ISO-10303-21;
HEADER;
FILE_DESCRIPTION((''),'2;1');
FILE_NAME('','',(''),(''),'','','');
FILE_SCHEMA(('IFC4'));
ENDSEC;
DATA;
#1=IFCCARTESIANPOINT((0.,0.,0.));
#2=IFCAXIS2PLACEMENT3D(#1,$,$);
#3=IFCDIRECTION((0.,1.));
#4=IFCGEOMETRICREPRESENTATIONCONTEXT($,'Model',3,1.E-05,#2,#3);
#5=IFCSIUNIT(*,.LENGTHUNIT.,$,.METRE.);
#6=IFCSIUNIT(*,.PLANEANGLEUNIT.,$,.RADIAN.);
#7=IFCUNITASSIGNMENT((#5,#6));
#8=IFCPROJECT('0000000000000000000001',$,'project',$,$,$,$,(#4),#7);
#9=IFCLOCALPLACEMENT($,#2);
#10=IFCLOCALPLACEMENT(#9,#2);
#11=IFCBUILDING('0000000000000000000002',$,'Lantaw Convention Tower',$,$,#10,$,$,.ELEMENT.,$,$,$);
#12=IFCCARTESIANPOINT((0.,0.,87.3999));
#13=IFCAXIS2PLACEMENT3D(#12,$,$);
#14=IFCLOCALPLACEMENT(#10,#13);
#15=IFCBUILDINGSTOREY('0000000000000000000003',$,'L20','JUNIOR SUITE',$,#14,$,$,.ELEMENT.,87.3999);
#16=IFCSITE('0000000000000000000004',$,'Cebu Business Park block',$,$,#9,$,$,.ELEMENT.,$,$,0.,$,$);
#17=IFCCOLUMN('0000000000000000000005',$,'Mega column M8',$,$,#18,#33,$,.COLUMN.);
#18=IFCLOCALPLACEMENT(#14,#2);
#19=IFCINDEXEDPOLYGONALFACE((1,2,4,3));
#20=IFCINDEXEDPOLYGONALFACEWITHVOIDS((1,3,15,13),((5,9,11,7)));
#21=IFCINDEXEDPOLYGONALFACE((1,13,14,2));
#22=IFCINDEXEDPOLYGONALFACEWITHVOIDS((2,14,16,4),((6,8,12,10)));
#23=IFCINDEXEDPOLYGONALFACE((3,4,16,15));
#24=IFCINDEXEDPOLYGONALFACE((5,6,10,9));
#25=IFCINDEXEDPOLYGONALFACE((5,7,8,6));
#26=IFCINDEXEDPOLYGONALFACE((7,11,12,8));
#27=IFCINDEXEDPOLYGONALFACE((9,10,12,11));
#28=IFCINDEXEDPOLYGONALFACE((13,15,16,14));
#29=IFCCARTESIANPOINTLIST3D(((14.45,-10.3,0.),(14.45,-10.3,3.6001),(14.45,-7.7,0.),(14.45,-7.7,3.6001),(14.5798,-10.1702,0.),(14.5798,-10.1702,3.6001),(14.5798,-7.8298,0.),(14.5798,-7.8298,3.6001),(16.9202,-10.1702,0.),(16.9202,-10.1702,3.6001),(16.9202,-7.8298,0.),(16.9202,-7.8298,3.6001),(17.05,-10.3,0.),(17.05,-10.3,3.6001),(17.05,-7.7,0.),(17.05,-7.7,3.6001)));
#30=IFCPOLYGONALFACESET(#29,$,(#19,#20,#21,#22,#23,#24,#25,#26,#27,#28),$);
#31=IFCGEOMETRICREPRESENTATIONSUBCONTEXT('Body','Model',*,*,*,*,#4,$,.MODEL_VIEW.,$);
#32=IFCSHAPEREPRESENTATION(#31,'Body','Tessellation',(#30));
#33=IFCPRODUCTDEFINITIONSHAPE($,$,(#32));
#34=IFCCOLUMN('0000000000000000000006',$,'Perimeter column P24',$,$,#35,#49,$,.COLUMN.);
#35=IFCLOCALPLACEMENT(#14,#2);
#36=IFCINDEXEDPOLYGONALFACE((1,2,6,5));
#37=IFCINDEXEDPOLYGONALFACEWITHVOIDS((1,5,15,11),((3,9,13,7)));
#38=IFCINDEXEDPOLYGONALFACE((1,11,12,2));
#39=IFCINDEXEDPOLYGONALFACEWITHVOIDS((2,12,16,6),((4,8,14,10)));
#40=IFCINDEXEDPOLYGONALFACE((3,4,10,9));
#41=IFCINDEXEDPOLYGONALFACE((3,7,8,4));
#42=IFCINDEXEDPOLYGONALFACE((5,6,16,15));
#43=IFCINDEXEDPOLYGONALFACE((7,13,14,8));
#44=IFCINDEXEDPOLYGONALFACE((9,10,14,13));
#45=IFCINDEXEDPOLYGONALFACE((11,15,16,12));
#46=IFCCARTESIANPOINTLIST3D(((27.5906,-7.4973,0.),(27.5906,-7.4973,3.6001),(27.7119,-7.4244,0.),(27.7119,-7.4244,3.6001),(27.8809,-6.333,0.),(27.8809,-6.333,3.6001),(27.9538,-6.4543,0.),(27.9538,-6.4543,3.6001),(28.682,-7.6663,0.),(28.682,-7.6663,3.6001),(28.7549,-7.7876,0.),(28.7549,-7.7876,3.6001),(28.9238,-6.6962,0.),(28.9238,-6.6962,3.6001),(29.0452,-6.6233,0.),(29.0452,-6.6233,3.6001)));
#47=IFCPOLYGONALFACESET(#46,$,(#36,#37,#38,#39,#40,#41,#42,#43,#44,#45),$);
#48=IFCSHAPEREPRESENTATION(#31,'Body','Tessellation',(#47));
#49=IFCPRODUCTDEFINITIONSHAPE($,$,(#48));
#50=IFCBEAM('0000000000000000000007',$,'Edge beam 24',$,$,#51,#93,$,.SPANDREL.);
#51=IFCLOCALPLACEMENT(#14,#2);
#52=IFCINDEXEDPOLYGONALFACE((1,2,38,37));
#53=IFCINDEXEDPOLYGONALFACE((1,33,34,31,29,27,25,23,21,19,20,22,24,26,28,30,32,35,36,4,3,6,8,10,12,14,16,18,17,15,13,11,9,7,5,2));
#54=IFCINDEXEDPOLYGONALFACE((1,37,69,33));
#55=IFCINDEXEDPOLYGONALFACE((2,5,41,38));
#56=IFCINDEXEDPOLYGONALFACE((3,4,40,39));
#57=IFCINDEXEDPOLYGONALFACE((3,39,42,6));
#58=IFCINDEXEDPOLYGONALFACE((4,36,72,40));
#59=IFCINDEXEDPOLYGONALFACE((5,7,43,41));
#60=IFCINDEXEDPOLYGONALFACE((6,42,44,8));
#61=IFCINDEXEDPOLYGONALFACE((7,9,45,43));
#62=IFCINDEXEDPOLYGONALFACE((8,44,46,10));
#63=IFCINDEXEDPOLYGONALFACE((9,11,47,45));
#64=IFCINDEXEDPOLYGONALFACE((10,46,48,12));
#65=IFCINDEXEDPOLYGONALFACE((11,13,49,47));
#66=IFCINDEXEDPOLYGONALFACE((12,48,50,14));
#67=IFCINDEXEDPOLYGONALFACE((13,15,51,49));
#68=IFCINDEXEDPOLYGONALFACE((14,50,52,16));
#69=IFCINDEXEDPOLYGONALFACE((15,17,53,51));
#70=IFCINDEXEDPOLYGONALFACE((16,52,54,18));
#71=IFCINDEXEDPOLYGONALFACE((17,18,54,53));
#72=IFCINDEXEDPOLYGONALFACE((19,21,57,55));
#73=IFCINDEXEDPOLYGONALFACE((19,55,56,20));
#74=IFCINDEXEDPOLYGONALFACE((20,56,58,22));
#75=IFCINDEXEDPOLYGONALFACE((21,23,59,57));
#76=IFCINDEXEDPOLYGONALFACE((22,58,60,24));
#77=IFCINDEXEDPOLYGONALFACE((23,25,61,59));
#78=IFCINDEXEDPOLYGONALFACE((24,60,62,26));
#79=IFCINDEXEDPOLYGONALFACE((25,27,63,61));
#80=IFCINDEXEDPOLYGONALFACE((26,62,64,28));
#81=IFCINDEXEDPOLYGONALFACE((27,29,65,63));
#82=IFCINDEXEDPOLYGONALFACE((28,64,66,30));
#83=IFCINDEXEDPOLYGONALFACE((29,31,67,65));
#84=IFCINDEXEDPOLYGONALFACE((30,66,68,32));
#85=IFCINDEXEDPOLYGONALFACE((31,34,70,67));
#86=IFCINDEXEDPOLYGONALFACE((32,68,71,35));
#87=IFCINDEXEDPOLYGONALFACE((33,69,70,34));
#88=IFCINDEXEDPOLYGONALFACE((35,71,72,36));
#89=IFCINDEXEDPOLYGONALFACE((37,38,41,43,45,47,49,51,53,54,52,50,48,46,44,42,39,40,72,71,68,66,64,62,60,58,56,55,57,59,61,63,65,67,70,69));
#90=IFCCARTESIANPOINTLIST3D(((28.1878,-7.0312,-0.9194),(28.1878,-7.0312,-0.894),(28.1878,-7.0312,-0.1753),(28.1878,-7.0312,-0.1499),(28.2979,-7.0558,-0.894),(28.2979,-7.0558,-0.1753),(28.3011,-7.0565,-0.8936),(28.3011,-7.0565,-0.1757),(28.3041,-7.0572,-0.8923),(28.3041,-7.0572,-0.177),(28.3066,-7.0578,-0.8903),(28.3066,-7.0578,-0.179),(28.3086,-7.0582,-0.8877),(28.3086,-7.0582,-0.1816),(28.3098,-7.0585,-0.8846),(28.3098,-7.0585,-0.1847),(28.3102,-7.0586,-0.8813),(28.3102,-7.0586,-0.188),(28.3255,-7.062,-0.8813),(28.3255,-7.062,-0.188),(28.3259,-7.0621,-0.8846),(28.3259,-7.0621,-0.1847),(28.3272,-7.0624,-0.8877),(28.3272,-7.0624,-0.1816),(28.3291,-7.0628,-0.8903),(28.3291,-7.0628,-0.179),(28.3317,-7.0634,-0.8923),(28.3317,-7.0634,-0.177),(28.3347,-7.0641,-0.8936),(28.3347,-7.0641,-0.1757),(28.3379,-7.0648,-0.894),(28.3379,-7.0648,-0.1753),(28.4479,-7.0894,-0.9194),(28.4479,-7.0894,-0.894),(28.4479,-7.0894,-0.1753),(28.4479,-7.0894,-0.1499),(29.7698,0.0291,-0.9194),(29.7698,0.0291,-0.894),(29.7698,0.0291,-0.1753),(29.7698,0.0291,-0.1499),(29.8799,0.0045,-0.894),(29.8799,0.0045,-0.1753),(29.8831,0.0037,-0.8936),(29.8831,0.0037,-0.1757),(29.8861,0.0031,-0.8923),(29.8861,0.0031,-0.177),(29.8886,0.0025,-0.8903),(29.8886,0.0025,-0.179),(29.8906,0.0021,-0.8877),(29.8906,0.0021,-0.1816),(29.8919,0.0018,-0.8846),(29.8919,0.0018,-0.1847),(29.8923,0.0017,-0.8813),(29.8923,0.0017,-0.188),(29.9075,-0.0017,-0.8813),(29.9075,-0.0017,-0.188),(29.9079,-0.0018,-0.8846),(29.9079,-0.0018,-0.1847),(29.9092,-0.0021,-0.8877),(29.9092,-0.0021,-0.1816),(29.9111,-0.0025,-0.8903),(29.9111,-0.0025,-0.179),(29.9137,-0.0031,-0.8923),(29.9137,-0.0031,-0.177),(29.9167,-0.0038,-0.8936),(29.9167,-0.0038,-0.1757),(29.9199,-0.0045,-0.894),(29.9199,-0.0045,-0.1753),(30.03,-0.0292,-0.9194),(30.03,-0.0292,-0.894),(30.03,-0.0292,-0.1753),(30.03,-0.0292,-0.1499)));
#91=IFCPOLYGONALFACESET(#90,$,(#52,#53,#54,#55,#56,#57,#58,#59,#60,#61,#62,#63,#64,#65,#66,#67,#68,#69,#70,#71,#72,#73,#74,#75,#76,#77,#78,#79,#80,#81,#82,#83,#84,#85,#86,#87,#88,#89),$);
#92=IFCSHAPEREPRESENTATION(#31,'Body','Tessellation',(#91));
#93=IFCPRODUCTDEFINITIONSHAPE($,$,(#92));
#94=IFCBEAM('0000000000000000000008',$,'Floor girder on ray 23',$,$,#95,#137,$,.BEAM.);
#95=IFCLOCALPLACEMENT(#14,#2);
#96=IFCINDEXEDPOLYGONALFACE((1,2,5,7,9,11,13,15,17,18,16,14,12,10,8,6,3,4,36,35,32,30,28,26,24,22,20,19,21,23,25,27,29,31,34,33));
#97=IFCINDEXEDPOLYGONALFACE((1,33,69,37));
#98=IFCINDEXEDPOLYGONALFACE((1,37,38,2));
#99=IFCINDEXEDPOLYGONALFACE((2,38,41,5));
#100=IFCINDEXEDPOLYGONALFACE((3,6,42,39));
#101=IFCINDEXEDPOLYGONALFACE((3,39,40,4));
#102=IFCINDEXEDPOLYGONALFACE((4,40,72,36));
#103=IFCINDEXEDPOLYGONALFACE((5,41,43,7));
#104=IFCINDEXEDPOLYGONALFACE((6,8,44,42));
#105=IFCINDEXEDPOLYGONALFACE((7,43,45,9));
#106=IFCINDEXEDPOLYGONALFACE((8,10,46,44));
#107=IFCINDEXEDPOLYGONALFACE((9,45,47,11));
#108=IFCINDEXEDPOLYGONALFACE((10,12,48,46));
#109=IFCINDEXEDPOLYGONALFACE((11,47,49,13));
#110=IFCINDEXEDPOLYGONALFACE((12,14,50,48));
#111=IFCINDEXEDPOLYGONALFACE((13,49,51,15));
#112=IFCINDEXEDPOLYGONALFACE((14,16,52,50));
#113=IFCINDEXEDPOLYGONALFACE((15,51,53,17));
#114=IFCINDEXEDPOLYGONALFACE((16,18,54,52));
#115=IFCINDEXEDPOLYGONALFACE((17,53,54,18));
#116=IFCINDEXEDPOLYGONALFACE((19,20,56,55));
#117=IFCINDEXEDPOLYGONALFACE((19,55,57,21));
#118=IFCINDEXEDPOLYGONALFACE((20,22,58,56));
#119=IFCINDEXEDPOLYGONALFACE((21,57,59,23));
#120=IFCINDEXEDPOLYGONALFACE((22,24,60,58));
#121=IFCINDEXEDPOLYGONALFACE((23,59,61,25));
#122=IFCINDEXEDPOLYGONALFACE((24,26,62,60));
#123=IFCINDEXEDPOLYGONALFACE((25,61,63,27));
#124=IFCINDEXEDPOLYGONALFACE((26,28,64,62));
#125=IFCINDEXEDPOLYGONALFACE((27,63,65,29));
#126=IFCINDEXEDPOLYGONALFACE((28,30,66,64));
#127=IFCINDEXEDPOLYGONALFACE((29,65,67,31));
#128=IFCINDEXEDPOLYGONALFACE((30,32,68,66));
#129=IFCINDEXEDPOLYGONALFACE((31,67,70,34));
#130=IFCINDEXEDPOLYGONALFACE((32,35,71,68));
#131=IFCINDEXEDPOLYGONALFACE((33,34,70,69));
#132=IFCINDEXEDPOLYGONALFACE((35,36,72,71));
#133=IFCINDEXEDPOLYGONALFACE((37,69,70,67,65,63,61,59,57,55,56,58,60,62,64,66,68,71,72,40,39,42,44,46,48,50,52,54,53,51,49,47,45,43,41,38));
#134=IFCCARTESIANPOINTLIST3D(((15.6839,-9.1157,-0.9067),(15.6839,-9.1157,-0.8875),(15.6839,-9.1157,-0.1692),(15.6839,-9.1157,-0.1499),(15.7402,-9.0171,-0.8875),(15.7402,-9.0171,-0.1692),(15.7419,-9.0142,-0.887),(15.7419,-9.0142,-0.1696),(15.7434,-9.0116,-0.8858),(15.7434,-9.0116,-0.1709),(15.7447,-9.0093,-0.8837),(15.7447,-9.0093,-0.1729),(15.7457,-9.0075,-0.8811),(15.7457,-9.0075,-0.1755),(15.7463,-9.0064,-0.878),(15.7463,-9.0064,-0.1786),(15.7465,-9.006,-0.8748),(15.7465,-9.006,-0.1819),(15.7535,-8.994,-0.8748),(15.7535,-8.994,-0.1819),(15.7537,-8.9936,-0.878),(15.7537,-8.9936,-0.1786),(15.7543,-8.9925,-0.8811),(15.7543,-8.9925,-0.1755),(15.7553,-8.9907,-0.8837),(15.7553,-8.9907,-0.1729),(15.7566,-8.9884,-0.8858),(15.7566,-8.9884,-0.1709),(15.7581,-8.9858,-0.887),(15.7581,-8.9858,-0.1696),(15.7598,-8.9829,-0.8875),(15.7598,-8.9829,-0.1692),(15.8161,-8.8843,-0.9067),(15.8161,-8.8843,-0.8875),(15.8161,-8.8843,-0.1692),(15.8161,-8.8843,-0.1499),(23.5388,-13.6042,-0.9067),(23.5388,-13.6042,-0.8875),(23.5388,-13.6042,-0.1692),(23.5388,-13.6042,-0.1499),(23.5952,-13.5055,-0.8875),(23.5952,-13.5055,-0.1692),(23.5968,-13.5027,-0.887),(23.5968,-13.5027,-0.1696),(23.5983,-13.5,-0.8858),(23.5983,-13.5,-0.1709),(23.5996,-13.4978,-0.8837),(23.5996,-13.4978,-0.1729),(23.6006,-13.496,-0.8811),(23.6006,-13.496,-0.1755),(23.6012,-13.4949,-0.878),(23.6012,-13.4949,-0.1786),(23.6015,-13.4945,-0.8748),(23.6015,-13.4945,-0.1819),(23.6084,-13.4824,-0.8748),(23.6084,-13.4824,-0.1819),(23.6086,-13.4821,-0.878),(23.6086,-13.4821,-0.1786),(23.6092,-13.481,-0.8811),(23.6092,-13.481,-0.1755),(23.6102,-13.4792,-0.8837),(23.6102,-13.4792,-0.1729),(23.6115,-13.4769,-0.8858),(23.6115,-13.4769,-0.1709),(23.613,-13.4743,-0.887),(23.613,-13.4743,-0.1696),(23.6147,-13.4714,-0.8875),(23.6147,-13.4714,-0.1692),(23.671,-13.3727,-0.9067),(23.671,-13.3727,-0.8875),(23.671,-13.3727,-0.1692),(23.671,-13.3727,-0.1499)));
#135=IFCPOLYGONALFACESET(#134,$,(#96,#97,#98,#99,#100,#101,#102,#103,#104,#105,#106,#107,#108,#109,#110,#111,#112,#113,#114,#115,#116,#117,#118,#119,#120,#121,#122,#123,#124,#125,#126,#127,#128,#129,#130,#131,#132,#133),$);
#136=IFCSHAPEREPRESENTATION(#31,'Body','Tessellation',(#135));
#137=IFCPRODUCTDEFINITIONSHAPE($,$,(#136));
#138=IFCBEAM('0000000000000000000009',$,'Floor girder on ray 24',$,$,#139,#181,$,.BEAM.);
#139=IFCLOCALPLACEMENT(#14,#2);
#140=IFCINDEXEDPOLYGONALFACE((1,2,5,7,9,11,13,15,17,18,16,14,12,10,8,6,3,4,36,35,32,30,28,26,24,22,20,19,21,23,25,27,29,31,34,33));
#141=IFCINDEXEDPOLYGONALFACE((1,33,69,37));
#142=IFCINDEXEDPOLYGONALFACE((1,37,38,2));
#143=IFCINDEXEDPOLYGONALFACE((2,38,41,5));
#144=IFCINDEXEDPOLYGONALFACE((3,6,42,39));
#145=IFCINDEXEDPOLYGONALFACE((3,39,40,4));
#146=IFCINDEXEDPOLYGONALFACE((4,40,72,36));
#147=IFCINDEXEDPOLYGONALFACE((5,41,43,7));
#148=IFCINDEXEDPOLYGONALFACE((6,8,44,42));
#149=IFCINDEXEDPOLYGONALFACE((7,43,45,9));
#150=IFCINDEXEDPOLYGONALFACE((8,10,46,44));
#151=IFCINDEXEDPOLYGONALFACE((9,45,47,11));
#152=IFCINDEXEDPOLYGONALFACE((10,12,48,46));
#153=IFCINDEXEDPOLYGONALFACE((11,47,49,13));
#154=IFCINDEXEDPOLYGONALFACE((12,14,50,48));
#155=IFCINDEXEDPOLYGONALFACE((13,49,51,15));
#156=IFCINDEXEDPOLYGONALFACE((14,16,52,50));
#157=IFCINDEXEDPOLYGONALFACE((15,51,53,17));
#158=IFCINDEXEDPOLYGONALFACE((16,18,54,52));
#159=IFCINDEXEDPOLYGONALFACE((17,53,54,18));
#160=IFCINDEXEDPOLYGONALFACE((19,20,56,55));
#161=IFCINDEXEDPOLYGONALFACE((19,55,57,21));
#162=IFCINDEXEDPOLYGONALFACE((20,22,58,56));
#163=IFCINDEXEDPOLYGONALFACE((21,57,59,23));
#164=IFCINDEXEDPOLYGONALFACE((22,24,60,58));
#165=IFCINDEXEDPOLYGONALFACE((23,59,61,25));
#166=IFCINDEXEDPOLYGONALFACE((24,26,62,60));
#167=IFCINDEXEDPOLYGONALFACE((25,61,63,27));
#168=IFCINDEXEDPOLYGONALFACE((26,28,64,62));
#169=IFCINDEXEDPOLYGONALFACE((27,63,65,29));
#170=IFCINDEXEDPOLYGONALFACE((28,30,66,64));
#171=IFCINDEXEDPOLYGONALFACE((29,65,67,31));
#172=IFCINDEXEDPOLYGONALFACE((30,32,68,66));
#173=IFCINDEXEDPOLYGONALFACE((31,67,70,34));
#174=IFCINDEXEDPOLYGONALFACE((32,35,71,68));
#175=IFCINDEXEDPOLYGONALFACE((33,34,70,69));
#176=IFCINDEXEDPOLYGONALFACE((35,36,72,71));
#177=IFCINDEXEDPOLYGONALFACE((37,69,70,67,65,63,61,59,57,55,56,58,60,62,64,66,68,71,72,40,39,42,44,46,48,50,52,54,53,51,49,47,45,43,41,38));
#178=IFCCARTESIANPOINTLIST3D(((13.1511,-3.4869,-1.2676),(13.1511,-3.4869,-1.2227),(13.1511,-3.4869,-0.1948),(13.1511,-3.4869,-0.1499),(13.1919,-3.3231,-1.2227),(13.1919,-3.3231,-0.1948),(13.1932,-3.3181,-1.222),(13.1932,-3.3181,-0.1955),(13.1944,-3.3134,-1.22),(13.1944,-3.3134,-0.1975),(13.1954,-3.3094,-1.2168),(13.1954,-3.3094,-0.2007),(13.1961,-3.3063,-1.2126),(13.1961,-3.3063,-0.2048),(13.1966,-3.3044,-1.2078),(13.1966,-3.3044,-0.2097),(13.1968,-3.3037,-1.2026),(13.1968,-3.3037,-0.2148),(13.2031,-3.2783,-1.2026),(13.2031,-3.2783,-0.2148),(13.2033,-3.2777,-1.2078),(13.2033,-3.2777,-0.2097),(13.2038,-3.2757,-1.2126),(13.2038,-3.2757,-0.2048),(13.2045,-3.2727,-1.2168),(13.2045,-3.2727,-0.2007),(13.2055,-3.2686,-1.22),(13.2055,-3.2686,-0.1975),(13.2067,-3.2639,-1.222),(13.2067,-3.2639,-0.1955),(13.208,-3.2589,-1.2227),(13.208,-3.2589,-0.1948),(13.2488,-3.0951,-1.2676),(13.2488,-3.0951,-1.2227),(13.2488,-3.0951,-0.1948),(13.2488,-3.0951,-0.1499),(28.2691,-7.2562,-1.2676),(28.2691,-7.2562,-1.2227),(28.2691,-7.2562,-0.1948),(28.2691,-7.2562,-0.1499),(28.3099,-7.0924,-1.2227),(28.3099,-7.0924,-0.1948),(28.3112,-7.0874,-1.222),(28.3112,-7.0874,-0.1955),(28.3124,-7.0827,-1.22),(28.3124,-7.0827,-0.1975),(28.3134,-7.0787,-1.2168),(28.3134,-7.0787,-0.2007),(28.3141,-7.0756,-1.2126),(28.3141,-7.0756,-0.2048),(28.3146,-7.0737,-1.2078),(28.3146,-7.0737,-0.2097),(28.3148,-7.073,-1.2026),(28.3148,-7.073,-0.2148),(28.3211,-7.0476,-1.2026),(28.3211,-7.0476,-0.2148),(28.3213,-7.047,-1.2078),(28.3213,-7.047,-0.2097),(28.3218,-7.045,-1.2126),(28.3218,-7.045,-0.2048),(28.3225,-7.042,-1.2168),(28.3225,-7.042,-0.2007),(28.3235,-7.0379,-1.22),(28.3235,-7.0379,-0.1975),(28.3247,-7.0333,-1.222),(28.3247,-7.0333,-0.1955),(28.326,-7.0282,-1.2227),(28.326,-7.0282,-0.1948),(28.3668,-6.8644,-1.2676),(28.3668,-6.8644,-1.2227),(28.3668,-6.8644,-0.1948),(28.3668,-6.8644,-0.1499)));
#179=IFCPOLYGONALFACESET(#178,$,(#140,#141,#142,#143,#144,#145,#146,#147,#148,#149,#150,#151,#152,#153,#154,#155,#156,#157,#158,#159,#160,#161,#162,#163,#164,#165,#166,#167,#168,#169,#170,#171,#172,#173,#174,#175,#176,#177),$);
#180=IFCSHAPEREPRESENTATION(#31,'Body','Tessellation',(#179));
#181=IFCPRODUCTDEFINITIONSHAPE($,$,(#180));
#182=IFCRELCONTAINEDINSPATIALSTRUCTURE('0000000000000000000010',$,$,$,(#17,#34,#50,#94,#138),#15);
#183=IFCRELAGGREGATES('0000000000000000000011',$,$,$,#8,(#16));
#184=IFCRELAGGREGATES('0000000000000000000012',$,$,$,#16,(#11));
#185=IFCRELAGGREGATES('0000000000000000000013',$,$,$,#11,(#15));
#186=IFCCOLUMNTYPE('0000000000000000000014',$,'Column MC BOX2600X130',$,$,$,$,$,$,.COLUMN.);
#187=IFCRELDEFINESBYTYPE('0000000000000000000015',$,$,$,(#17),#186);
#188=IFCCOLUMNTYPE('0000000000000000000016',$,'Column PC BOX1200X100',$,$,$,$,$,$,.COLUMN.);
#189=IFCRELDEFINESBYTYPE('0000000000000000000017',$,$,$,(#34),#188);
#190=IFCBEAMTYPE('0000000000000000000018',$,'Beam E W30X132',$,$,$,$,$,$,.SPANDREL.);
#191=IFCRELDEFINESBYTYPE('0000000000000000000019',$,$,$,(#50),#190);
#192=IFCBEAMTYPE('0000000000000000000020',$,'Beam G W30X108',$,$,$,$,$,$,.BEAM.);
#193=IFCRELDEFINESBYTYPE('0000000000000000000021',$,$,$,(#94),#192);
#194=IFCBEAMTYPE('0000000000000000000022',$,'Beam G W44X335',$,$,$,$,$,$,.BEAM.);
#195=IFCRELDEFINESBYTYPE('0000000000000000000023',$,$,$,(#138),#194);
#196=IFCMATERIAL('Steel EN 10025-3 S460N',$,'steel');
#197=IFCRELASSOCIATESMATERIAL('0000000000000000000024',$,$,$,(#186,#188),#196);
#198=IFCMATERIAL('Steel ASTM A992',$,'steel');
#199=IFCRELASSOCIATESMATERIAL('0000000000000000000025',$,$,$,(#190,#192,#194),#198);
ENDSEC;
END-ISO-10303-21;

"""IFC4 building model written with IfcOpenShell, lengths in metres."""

from ifc_helpers import new_model, si_unit, direction, frame, origin, origin_2d, place, context, subcontext, project, spatial, rectangle, hollow_rectangle, i_section, extrude, material, material_profile, profile_set, type_object, element, save


model = new_model("IFC4")

# Units and contexts
model_context = context("Model", 3, precision=1e-05, world=origin(), true_north=direction((0.0, 1.0)))
body_context = subcontext(model_context, "Body", "Model", "MODEL_VIEW")
ifc_project = project(units=[si_unit("LENGTHUNIT", "METRE"), si_unit("PLANEANGLEUNIT", "RADIAN")], contexts=[model_context])

# Site, building, storey
site_placement = place(None, origin())
site = spatial("IfcSite", under=ifc_project, at=site_placement, Name="Cebu Business Park block", CompositionType="ELEMENT", RefElevation=0.0)
building_placement = place(site_placement, origin())
building = spatial("IfcBuilding", under=site, at=building_placement, Name="Lantaw Convention Tower", CompositionType="ELEMENT")
storey_placement = place(building_placement, frame((0.0, 0.0, 87.3999)))
storey = spatial("IfcBuildingStorey", under=building, at=storey_placement, Name="L20", Description="JUNIOR SUITE", CompositionType="ELEMENT", Elevation=87.3999)

# Columns
ifc_material_1 = material(Name="Steel EN 10025-3 S460N", Category="steel")
ifc_material_profile_1 = material_profile(ifc_material_1, hollow_rectangle(XDim=2.6001, YDim=2.6001, WallThickness=0.1299, at=origin_2d()), Name="BOX2600X130")
ifc_material_2 = material(Name="Concrete C60/75", Category="concrete")
ifc_material_profile_2 = material_profile(ifc_material_2, rectangle(XDim=2.3401, YDim=2.3401, at=origin_2d()), Name="Concrete fill of BOX2600X130")
ifc_profile_set_1 = profile_set([ifc_material_profile_1, ifc_material_profile_2], Name="Steel EN 10025-3 S460N")
column_type_1 = type_object("IfcColumnType", Name="Column MC BOX2600X130", PredefinedType="COLUMN", material=ifc_profile_set_1)
column_1_placement = place(storey_placement, frame((15.75, -9.0, 0.0), z_axis=(0.0, 0.0, 1.0), x_axis=(1.0, 0.0, 0.0)))
element("IfcColumn", 1, at=column_1_placement, inside=storey, type_object=column_type_1, Name="Mega column M8", PredefinedType="COLUMN", context=body_context, shape_type="SweptSolid", body=[
    extrude(hollow_rectangle(XDim=2.6001, YDim=2.6001, WallThickness=0.1299, at=origin_2d()), origin(), (0.0, 0.0, 1.0), 3.6001),
])
ifc_material_profile_3 = material_profile(ifc_material_1, hollow_rectangle(XDim=1.2, YDim=1.2, WallThickness=0.1001, at=origin_2d()), Name="BOX1200X100")
ifc_material_profile_4 = material_profile(ifc_material_2, rectangle(XDim=1.0, YDim=1.0, at=origin_2d()), Name="Concrete fill of BOX1200X100")
ifc_profile_set_2 = profile_set([ifc_material_profile_3, ifc_material_profile_4], Name="Steel EN 10025-3 S460N")
column_type_2 = type_object("IfcColumnType", Name="Column PC BOX1200X100", PredefinedType="COLUMN", material=ifc_profile_set_2)
column_2_placement = place(storey_placement, frame((28.3179, -7.0603, 0.0), z_axis=(0.0, 0.0, 1.0), x_axis=(0.241922, 0.970296, 0.0)))
element("IfcColumn", 2, at=column_2_placement, inside=storey, type_object=column_type_2, Name="Perimeter column P24", PredefinedType="COLUMN", context=body_context, shape_type="SweptSolid", body=[
    extrude(hollow_rectangle(XDim=1.2, YDim=1.2, WallThickness=0.1001, at=origin_2d()), origin(), (0.0, 0.0, 1.0), 3.6001),
])

# Beams
ifc_material_3 = material(Name="Steel ASTM A992", Category="steel")
ifc_material_profile_5 = material_profile(ifc_material_3, i_section(OverallWidth=0.2666, OverallDepth=0.7695, WebThickness=0.0156, FlangeThickness=0.0254, FilletRadius=0.0127, at=origin_2d()), Name="W30X132")
ifc_profile_set_3 = profile_set([ifc_material_profile_5], Name="Steel ASTM A992")
beam_type_1 = type_object("IfcBeamType", Name="Beam E W30X132", PredefinedType="SPANDREL", material=ifc_profile_set_3)
beam_1_placement = place(storey_placement, frame((28.3179, -7.0603, -0.5347), z_axis=(0.218652, 0.975803, 0.0), x_axis=(-0.975803, 0.218652, 0.0)))
element("IfcBeam", 3, at=beam_1_placement, inside=storey, type_object=beam_type_1, Name="Edge beam 24", PredefinedType="SPANDREL", context=body_context, shape_type="SweptSolid", body=[
    extrude(i_section(OverallWidth=0.2666, OverallDepth=0.7695, WebThickness=0.0156, FlangeThickness=0.0254, FilletRadius=0.0127, at=origin_2d()), origin(), (0.0, 0.0, 1.0), 7.2354),
])
ifc_material_profile_6 = material_profile(ifc_material_3, i_section(OverallWidth=0.2666, OverallDepth=0.7568, WebThickness=0.0139, FlangeThickness=0.0193, FilletRadius=0.0127, at=origin_2d()), Name="W30X108")
ifc_profile_set_4 = profile_set([ifc_material_profile_6], Name="Steel ASTM A992")
beam_type_2 = type_object("IfcBeamType", Name="Beam G W30X108", PredefinedType="BEAM", material=ifc_profile_set_4)
beam_2_placement = place(storey_placement, frame((15.75, -9.0, -0.5283), z_axis=(0.868245, -0.496136, 0.0), x_axis=(0.496136, 0.868245, 0.0)))
element("IfcBeam", 4, at=beam_2_placement, inside=storey, type_object=beam_type_2, Name="Floor girder on ray 23", PredefinedType="BEAM", context=body_context, shape_type="SweptSolid", body=[
    extrude(i_section(OverallWidth=0.2666, OverallDepth=0.7568, WebThickness=0.0139, FlangeThickness=0.0193, FilletRadius=0.0127, at=origin_2d()), origin(), (0.0, 0.0, 1.0), 9.0469),
])
ifc_material_profile_7 = material_profile(ifc_material_3, i_section(OverallWidth=0.4038, OverallDepth=1.1177, WebThickness=0.0261, FlangeThickness=0.0449, FilletRadius=0.02, at=origin_2d()), Name="W44X335")
ifc_profile_set_5 = profile_set([ifc_material_profile_7], Name="Steel ASTM A992")
beam_type_3 = type_object("IfcBeamType", Name="Beam G W44X335", PredefinedType="BEAM", material=ifc_profile_set_5)
beam_3_placement = place(storey_placement, frame((13.2, -3.291, -0.7087), z_axis=(0.970296, -0.24192, 0.0), x_axis=(0.24192, 0.970296, 0.0)))
element("IfcBeam", 5, at=beam_3_placement, inside=storey, type_object=beam_type_3, Name="Floor girder on ray 24", PredefinedType="BEAM", context=body_context, shape_type="SweptSolid", body=[
    extrude(i_section(OverallWidth=0.4038, OverallDepth=1.1177, WebThickness=0.0261, FlangeThickness=0.0449, FilletRadius=0.02, at=origin_2d()), origin(), (0.0, 0.0, 1.0), 15.5808),
])

save(model, "model.ifc")
